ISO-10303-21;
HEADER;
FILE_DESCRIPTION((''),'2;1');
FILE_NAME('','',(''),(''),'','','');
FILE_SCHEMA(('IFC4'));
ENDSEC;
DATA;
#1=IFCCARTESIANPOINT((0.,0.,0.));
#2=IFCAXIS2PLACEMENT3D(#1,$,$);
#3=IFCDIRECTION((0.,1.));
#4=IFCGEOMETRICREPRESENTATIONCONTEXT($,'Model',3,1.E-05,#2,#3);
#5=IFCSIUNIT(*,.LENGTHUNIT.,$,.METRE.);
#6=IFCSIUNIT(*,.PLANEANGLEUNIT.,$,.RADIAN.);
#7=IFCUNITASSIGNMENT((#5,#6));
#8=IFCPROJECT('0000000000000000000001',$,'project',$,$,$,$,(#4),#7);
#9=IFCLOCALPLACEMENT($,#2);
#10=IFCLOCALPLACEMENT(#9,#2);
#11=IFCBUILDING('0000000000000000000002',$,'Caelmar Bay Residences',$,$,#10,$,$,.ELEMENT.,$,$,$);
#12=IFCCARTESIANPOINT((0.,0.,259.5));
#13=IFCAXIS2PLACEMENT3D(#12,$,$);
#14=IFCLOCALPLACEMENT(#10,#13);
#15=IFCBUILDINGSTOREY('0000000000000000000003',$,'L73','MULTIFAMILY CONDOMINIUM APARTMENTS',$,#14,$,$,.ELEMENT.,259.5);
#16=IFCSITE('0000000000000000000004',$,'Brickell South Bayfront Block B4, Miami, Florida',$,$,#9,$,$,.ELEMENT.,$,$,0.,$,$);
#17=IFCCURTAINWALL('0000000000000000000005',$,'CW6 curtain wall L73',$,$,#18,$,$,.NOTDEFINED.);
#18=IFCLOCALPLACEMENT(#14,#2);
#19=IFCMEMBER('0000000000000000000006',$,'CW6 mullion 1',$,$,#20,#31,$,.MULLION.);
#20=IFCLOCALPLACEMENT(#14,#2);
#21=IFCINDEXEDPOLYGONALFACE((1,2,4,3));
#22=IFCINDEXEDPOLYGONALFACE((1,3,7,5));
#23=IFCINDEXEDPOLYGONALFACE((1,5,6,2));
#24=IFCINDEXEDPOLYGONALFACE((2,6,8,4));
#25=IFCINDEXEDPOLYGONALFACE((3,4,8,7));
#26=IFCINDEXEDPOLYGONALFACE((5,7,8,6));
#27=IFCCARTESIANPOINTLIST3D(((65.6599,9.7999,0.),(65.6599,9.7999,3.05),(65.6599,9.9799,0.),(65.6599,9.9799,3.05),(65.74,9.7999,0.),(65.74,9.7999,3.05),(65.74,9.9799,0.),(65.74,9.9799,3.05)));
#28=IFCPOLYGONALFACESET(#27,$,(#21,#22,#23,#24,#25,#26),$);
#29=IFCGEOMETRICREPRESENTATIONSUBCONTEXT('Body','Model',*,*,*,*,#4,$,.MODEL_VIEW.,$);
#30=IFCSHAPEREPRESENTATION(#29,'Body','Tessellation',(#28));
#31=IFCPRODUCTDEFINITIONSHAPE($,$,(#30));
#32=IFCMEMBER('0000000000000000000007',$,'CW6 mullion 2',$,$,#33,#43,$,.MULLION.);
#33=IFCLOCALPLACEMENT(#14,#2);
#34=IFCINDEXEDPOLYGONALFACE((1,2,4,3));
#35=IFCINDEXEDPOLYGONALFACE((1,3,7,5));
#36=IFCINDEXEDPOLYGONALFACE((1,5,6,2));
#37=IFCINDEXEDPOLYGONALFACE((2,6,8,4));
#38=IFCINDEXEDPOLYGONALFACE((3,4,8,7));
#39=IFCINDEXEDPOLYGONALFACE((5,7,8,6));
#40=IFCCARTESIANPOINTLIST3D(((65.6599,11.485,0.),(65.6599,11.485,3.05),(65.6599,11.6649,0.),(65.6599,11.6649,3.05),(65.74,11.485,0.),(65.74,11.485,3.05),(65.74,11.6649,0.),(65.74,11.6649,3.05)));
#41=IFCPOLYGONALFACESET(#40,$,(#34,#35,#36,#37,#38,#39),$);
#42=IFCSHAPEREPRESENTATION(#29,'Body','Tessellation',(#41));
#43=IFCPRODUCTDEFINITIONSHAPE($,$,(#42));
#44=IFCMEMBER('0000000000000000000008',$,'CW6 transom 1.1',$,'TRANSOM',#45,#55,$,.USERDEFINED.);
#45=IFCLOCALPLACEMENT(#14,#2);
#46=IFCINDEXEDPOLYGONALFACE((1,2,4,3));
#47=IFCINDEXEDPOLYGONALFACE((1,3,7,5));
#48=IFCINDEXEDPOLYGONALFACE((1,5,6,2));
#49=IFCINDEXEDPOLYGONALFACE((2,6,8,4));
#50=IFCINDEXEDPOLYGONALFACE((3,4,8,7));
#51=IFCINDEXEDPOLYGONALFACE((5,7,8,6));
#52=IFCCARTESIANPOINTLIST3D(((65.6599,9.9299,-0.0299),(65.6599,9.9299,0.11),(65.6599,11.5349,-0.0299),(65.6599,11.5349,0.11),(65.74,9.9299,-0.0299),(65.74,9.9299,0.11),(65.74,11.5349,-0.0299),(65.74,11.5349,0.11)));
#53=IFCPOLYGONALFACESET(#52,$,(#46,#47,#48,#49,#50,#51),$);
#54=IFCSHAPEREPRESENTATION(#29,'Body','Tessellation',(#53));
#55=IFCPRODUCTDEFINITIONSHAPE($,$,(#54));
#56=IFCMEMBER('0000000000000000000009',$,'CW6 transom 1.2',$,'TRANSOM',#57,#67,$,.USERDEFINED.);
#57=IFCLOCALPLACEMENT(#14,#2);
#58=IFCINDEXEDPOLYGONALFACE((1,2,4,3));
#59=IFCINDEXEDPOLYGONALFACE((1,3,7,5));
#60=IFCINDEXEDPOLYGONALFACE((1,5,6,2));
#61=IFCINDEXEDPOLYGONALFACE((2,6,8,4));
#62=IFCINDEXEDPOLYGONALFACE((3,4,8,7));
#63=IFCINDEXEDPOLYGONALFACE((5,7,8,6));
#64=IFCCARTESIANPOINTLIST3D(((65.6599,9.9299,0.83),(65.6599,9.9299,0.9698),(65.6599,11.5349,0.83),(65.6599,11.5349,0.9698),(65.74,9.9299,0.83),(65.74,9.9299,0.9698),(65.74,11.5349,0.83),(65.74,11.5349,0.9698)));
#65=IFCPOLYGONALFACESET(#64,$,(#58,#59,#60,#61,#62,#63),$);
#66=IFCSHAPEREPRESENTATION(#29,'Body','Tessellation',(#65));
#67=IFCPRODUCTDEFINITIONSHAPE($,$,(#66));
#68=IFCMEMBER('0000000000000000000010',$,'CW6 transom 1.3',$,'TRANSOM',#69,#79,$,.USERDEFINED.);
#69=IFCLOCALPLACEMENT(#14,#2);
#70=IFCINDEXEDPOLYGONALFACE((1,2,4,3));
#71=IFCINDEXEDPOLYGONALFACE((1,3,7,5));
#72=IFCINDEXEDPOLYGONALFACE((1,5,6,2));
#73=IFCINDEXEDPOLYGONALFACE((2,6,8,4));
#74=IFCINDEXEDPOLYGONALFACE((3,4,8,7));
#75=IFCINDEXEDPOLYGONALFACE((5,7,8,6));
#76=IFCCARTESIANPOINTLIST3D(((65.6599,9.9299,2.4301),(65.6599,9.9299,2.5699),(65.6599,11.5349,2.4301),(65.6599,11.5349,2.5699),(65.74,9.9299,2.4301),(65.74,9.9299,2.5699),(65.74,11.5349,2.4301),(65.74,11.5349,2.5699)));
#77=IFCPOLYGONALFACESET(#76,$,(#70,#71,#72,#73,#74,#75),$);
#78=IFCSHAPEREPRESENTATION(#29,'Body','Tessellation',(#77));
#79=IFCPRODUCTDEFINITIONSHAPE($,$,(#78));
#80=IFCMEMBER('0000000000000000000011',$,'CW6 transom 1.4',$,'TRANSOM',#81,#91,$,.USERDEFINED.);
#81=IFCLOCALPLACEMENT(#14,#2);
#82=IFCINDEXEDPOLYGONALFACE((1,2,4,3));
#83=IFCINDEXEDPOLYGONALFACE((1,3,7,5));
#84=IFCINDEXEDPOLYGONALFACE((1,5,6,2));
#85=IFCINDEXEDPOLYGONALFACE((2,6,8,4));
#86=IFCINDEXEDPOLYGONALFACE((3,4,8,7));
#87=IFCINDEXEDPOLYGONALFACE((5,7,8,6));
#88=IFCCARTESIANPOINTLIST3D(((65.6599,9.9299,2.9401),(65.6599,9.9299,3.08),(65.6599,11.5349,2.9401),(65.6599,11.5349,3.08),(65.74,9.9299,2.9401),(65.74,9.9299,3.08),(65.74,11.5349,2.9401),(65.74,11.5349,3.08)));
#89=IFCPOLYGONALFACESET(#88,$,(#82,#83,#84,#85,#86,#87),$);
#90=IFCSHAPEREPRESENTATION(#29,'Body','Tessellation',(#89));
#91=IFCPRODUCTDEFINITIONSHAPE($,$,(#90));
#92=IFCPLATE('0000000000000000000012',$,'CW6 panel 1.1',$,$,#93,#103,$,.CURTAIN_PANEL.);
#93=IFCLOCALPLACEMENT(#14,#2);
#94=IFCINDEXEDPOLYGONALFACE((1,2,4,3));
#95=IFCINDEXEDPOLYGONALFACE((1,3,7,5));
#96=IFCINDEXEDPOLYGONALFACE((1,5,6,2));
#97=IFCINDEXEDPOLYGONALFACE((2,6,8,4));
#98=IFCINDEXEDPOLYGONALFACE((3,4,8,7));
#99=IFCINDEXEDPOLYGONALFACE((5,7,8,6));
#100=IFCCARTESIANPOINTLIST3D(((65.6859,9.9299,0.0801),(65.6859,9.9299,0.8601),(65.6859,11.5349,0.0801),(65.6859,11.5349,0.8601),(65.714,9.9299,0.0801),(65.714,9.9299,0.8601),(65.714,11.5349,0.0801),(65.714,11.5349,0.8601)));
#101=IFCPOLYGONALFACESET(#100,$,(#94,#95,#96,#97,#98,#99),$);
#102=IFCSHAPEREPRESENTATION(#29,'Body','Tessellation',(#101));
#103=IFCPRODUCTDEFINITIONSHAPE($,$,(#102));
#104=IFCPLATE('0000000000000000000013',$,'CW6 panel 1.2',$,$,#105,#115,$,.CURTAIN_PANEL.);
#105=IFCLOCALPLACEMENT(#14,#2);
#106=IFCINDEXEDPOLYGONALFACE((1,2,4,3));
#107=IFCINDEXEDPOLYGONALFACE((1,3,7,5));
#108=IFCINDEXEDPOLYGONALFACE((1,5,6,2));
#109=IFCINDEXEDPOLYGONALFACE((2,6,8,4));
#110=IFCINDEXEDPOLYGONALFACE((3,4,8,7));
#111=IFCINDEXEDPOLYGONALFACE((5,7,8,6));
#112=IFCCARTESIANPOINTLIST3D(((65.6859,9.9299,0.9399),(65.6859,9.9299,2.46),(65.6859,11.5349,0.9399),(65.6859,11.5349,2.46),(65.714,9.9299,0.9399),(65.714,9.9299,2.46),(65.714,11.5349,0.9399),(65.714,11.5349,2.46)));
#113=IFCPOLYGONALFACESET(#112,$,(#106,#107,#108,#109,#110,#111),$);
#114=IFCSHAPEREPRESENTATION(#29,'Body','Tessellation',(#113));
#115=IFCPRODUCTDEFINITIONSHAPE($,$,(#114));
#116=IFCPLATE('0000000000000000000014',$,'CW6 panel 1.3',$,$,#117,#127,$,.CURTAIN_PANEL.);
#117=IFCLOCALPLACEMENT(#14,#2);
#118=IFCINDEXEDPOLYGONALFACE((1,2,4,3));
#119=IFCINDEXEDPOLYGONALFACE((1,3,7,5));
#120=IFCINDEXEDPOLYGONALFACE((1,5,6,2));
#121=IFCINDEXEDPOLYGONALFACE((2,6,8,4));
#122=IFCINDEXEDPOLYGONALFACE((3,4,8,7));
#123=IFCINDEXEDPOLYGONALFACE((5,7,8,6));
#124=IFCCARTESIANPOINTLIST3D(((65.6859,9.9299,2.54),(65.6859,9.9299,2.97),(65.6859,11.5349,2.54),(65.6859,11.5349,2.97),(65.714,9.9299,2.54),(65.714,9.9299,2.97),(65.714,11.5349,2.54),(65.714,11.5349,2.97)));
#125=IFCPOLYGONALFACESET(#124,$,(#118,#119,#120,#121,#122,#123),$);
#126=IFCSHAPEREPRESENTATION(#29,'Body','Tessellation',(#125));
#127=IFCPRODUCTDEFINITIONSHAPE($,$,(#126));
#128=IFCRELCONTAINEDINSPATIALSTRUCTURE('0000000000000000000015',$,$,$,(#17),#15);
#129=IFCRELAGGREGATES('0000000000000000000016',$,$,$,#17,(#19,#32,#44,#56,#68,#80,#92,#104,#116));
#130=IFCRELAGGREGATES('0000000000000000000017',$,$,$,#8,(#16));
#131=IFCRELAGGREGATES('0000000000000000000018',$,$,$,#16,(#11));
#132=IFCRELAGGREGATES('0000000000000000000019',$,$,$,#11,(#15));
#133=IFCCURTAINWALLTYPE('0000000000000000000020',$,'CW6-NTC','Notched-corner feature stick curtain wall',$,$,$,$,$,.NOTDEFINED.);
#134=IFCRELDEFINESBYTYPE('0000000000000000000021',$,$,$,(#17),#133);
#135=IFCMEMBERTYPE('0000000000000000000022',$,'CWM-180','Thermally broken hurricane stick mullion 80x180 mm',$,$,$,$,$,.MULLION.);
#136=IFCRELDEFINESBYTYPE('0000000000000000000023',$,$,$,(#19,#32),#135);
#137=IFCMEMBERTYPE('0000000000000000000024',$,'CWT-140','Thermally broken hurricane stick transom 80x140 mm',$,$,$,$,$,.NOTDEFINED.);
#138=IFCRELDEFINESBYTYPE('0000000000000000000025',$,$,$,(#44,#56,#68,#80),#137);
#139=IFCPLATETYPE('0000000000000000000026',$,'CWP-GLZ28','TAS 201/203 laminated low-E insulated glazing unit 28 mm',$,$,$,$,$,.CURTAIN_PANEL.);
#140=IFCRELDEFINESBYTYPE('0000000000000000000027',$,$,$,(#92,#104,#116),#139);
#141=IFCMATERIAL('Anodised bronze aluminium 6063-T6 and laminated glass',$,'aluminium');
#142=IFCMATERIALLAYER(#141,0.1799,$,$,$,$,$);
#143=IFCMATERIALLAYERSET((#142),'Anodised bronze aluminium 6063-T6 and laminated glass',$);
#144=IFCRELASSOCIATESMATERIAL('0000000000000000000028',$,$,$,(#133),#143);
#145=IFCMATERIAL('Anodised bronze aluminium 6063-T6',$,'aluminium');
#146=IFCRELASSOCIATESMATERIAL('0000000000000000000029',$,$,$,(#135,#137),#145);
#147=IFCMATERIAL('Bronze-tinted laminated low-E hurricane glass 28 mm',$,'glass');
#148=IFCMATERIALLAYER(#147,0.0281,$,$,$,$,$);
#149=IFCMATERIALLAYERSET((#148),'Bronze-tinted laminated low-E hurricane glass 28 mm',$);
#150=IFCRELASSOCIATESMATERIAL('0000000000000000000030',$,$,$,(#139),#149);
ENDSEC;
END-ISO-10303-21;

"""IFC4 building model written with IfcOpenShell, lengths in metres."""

from ifc_helpers import new_model, si_unit, direction, frame, origin, origin_2d, place, context, subcontext, project, spatial, rectangle, extrude, material, layer, layer_set, material_profile, profile_set, type_object, element, aggregate, save


model = new_model("IFC4")

# Units and contexts
model_context = context("Model", 3, precision=1e-05, world=origin(), true_north=direction((0.0, 1.0)))
body_context = subcontext(model_context, "Body", "Model", "MODEL_VIEW")
ifc_project = project(units=[si_unit("LENGTHUNIT", "METRE"), si_unit("PLANEANGLEUNIT", "RADIAN")], contexts=[model_context])

# Site, building, storey
site_placement = place(None, origin())
site = spatial("IfcSite", under=ifc_project, at=site_placement, Name="Brickell South Bayfront Block B4, Miami, Florida", CompositionType="ELEMENT", RefElevation=0.0)
building_placement = place(site_placement, origin())
building = spatial("IfcBuilding", under=site, at=building_placement, Name="Caelmar Bay Residences", CompositionType="ELEMENT")
storey_placement = place(building_placement, frame((0.0, 0.0, 259.5)))
storey = spatial("IfcBuildingStorey", under=building, at=storey_placement, Name="L73", Description="MULTIFAMILY CONDOMINIUM APARTMENTS", CompositionType="ELEMENT", Elevation=259.5)

# Curtain wall, members, plates
ifc_material_1 = material(Name="Anodised bronze aluminium 6063-T6 and laminated glass", Category="aluminium")
ifc_layer_1 = layer(ifc_material_1, 0.1799)
ifc_layer_set_1 = layer_set([ifc_layer_1], Name="Anodised bronze aluminium 6063-T6 and laminated glass")
curtain_wall_type = type_object("IfcCurtainWallType", Name="CW6-NTC", Description="Notched-corner feature stick curtain wall", PredefinedType="NOTDEFINED", material=ifc_layer_set_1)
curtain_wall_placement = place(storey_placement, origin())
curtain_wall = element("IfcCurtainWall", 1, at=curtain_wall_placement, inside=storey, type_object=curtain_wall_type, Name="CW6 curtain wall L73", PredefinedType="NOTDEFINED")
ifc_material_2 = material(Name="Anodised bronze aluminium 6063-T6", Category="aluminium")
ifc_material_profile_1 = material_profile(ifc_material_2, rectangle(XDim=0.0801, YDim=0.1799, at=origin_2d()), Name="CWM-80X180")
ifc_profile_set_1 = profile_set([ifc_material_profile_1], Name="Anodised bronze aluminium 6063-T6")
member_type_1 = type_object("IfcMemberType", Name="CWM-180", Description="Thermally broken hurricane stick mullion 80x180 mm", PredefinedType="MULLION", material=ifc_profile_set_1)
member_1_placement = place(storey_placement, frame((65.7, 9.8899, 0.0), z_axis=(0.0, 0.0, 1.0), x_axis=(-1.0, 0.0, 0.0)))
member_1 = element("IfcMember", 2, at=member_1_placement, type_object=member_type_1, Name="CW6 mullion 1", PredefinedType="MULLION", context=body_context, shape_type="SweptSolid", body=[
    extrude(rectangle(XDim=0.0801, YDim=0.1799, at=origin_2d()), origin(), (0.0, 0.0, 1.0), 3.05),
])
member_2_placement = place(storey_placement, frame((65.7, 11.575, 0.0), z_axis=(0.0, 0.0, 1.0), x_axis=(-1.0, 0.0, 0.0)))
member_2 = element("IfcMember", 3, at=member_2_placement, type_object=member_type_1, Name="CW6 mullion 2", PredefinedType="MULLION", context=body_context, shape_type="SweptSolid", body=[
    extrude(rectangle(XDim=0.0801, YDim=0.1799, at=origin_2d()), origin(), (0.0, 0.0, 1.0), 3.05),
])
ifc_material_profile_2 = material_profile(ifc_material_2, rectangle(XDim=0.0801, YDim=0.1399, at=origin_2d()), Name="CWT-80X140")
ifc_profile_set_2 = profile_set([ifc_material_profile_2], Name="Anodised bronze aluminium 6063-T6")
member_type_2 = type_object("IfcMemberType", Name="CWT-140", Description="Thermally broken hurricane stick transom 80x140 mm", PredefinedType="NOTDEFINED", material=ifc_profile_set_2)
member_3_placement = place(storey_placement, frame((65.7, 9.9299, 0.04), z_axis=(0.0, 1.0, 0.0), x_axis=(-1.0, 0.0, 0.0)))
member_3 = element("IfcMember", 4, at=member_3_placement, type_object=member_type_2, Name="CW6 transom 1.1", ObjectType="TRANSOM", PredefinedType="USERDEFINED", context=body_context, shape_type="SweptSolid", body=[
    extrude(rectangle(XDim=0.0801, YDim=0.1399, at=origin_2d()), origin(), (0.0, 0.0, 1.0), 1.605),
])
member_4_placement = place(storey_placement, frame((65.7, 9.9299, 0.8999), z_axis=(0.0, 1.0, 0.0), x_axis=(-1.0, 0.0, 0.0)))
member_4 = element("IfcMember", 5, at=member_4_placement, type_object=member_type_2, Name="CW6 transom 1.2", ObjectType="TRANSOM", PredefinedType="USERDEFINED", context=body_context, shape_type="SweptSolid", body=[
    extrude(rectangle(XDim=0.0801, YDim=0.1399, at=origin_2d()), origin(), (0.0, 0.0, 1.0), 1.605),
])
member_5_placement = place(storey_placement, frame((65.7, 9.9299, 2.5), z_axis=(0.0, 1.0, 0.0), x_axis=(-1.0, 0.0, 0.0)))
member_5 = element("IfcMember", 6, at=member_5_placement, type_object=member_type_2, Name="CW6 transom 1.3", ObjectType="TRANSOM", PredefinedType="USERDEFINED", context=body_context, shape_type="SweptSolid", body=[
    extrude(rectangle(XDim=0.0801, YDim=0.1399, at=origin_2d()), origin(), (0.0, 0.0, 1.0), 1.605),
])
member_6_placement = place(storey_placement, frame((65.7, 9.9299, 3.01), z_axis=(0.0, 1.0, 0.0), x_axis=(-1.0, 0.0, 0.0)))
member_6 = element("IfcMember", 7, at=member_6_placement, type_object=member_type_2, Name="CW6 transom 1.4", ObjectType="TRANSOM", PredefinedType="USERDEFINED", context=body_context, shape_type="SweptSolid", body=[
    extrude(rectangle(XDim=0.0801, YDim=0.1399, at=origin_2d()), origin(), (0.0, 0.0, 1.0), 1.605),
])
ifc_material_3 = material(Name="Bronze-tinted laminated low-E hurricane glass 28 mm", Category="glass")
ifc_layer_2 = layer(ifc_material_3, 0.0281)
ifc_layer_set_2 = layer_set([ifc_layer_2], Name="Bronze-tinted laminated low-E hurricane glass 28 mm")
plate_type = type_object("IfcPlateType", Name="CWP-GLZ28", Description="TAS 201/203 laminated low-E insulated glazing unit 28 mm", PredefinedType="CURTAIN_PANEL", material=ifc_layer_set_2)
plate_1_placement = place(storey_placement, frame((65.7, 10.7324, 0.0801), z_axis=(0.0, 0.0, 1.0), x_axis=(0.0, 1.0, 0.0)))
plate_1 = element("IfcPlate", 8, at=plate_1_placement, type_object=plate_type, Name="CW6 panel 1.1", PredefinedType="CURTAIN_PANEL", context=body_context, shape_type="SweptSolid", body=[
    extrude(rectangle(XDim=1.605, YDim=0.0281, at=origin_2d()), origin(), (0.0, 0.0, 1.0), 0.78),
])
plate_2_placement = place(storey_placement, frame((65.7, 10.7324, 0.9399), z_axis=(0.0, 0.0, 1.0), x_axis=(0.0, 1.0, 0.0)))
plate_2 = element("IfcPlate", 9, at=plate_2_placement, type_object=plate_type, Name="CW6 panel 1.2", PredefinedType="CURTAIN_PANEL", context=body_context, shape_type="SweptSolid", body=[
    extrude(rectangle(XDim=1.605, YDim=0.0281, at=origin_2d()), origin(), (0.0, 0.0, 1.0), 1.52),
])
plate_3_placement = place(storey_placement, frame((65.7, 10.7324, 2.54), z_axis=(0.0, 0.0, 1.0), x_axis=(0.0, 1.0, 0.0)))
plate_3 = element("IfcPlate", 10, at=plate_3_placement, type_object=plate_type, Name="CW6 panel 1.3", PredefinedType="CURTAIN_PANEL", context=body_context, shape_type="SweptSolid", body=[
    extrude(rectangle(XDim=1.605, YDim=0.0281, at=origin_2d()), origin(), (0.0, 0.0, 1.0), 0.4299),
])
aggregate(curtain_wall, [member_1, member_2, member_3, member_4, member_5, member_6, plate_1, plate_2, plate_3])

save(model, "model.ifc")
